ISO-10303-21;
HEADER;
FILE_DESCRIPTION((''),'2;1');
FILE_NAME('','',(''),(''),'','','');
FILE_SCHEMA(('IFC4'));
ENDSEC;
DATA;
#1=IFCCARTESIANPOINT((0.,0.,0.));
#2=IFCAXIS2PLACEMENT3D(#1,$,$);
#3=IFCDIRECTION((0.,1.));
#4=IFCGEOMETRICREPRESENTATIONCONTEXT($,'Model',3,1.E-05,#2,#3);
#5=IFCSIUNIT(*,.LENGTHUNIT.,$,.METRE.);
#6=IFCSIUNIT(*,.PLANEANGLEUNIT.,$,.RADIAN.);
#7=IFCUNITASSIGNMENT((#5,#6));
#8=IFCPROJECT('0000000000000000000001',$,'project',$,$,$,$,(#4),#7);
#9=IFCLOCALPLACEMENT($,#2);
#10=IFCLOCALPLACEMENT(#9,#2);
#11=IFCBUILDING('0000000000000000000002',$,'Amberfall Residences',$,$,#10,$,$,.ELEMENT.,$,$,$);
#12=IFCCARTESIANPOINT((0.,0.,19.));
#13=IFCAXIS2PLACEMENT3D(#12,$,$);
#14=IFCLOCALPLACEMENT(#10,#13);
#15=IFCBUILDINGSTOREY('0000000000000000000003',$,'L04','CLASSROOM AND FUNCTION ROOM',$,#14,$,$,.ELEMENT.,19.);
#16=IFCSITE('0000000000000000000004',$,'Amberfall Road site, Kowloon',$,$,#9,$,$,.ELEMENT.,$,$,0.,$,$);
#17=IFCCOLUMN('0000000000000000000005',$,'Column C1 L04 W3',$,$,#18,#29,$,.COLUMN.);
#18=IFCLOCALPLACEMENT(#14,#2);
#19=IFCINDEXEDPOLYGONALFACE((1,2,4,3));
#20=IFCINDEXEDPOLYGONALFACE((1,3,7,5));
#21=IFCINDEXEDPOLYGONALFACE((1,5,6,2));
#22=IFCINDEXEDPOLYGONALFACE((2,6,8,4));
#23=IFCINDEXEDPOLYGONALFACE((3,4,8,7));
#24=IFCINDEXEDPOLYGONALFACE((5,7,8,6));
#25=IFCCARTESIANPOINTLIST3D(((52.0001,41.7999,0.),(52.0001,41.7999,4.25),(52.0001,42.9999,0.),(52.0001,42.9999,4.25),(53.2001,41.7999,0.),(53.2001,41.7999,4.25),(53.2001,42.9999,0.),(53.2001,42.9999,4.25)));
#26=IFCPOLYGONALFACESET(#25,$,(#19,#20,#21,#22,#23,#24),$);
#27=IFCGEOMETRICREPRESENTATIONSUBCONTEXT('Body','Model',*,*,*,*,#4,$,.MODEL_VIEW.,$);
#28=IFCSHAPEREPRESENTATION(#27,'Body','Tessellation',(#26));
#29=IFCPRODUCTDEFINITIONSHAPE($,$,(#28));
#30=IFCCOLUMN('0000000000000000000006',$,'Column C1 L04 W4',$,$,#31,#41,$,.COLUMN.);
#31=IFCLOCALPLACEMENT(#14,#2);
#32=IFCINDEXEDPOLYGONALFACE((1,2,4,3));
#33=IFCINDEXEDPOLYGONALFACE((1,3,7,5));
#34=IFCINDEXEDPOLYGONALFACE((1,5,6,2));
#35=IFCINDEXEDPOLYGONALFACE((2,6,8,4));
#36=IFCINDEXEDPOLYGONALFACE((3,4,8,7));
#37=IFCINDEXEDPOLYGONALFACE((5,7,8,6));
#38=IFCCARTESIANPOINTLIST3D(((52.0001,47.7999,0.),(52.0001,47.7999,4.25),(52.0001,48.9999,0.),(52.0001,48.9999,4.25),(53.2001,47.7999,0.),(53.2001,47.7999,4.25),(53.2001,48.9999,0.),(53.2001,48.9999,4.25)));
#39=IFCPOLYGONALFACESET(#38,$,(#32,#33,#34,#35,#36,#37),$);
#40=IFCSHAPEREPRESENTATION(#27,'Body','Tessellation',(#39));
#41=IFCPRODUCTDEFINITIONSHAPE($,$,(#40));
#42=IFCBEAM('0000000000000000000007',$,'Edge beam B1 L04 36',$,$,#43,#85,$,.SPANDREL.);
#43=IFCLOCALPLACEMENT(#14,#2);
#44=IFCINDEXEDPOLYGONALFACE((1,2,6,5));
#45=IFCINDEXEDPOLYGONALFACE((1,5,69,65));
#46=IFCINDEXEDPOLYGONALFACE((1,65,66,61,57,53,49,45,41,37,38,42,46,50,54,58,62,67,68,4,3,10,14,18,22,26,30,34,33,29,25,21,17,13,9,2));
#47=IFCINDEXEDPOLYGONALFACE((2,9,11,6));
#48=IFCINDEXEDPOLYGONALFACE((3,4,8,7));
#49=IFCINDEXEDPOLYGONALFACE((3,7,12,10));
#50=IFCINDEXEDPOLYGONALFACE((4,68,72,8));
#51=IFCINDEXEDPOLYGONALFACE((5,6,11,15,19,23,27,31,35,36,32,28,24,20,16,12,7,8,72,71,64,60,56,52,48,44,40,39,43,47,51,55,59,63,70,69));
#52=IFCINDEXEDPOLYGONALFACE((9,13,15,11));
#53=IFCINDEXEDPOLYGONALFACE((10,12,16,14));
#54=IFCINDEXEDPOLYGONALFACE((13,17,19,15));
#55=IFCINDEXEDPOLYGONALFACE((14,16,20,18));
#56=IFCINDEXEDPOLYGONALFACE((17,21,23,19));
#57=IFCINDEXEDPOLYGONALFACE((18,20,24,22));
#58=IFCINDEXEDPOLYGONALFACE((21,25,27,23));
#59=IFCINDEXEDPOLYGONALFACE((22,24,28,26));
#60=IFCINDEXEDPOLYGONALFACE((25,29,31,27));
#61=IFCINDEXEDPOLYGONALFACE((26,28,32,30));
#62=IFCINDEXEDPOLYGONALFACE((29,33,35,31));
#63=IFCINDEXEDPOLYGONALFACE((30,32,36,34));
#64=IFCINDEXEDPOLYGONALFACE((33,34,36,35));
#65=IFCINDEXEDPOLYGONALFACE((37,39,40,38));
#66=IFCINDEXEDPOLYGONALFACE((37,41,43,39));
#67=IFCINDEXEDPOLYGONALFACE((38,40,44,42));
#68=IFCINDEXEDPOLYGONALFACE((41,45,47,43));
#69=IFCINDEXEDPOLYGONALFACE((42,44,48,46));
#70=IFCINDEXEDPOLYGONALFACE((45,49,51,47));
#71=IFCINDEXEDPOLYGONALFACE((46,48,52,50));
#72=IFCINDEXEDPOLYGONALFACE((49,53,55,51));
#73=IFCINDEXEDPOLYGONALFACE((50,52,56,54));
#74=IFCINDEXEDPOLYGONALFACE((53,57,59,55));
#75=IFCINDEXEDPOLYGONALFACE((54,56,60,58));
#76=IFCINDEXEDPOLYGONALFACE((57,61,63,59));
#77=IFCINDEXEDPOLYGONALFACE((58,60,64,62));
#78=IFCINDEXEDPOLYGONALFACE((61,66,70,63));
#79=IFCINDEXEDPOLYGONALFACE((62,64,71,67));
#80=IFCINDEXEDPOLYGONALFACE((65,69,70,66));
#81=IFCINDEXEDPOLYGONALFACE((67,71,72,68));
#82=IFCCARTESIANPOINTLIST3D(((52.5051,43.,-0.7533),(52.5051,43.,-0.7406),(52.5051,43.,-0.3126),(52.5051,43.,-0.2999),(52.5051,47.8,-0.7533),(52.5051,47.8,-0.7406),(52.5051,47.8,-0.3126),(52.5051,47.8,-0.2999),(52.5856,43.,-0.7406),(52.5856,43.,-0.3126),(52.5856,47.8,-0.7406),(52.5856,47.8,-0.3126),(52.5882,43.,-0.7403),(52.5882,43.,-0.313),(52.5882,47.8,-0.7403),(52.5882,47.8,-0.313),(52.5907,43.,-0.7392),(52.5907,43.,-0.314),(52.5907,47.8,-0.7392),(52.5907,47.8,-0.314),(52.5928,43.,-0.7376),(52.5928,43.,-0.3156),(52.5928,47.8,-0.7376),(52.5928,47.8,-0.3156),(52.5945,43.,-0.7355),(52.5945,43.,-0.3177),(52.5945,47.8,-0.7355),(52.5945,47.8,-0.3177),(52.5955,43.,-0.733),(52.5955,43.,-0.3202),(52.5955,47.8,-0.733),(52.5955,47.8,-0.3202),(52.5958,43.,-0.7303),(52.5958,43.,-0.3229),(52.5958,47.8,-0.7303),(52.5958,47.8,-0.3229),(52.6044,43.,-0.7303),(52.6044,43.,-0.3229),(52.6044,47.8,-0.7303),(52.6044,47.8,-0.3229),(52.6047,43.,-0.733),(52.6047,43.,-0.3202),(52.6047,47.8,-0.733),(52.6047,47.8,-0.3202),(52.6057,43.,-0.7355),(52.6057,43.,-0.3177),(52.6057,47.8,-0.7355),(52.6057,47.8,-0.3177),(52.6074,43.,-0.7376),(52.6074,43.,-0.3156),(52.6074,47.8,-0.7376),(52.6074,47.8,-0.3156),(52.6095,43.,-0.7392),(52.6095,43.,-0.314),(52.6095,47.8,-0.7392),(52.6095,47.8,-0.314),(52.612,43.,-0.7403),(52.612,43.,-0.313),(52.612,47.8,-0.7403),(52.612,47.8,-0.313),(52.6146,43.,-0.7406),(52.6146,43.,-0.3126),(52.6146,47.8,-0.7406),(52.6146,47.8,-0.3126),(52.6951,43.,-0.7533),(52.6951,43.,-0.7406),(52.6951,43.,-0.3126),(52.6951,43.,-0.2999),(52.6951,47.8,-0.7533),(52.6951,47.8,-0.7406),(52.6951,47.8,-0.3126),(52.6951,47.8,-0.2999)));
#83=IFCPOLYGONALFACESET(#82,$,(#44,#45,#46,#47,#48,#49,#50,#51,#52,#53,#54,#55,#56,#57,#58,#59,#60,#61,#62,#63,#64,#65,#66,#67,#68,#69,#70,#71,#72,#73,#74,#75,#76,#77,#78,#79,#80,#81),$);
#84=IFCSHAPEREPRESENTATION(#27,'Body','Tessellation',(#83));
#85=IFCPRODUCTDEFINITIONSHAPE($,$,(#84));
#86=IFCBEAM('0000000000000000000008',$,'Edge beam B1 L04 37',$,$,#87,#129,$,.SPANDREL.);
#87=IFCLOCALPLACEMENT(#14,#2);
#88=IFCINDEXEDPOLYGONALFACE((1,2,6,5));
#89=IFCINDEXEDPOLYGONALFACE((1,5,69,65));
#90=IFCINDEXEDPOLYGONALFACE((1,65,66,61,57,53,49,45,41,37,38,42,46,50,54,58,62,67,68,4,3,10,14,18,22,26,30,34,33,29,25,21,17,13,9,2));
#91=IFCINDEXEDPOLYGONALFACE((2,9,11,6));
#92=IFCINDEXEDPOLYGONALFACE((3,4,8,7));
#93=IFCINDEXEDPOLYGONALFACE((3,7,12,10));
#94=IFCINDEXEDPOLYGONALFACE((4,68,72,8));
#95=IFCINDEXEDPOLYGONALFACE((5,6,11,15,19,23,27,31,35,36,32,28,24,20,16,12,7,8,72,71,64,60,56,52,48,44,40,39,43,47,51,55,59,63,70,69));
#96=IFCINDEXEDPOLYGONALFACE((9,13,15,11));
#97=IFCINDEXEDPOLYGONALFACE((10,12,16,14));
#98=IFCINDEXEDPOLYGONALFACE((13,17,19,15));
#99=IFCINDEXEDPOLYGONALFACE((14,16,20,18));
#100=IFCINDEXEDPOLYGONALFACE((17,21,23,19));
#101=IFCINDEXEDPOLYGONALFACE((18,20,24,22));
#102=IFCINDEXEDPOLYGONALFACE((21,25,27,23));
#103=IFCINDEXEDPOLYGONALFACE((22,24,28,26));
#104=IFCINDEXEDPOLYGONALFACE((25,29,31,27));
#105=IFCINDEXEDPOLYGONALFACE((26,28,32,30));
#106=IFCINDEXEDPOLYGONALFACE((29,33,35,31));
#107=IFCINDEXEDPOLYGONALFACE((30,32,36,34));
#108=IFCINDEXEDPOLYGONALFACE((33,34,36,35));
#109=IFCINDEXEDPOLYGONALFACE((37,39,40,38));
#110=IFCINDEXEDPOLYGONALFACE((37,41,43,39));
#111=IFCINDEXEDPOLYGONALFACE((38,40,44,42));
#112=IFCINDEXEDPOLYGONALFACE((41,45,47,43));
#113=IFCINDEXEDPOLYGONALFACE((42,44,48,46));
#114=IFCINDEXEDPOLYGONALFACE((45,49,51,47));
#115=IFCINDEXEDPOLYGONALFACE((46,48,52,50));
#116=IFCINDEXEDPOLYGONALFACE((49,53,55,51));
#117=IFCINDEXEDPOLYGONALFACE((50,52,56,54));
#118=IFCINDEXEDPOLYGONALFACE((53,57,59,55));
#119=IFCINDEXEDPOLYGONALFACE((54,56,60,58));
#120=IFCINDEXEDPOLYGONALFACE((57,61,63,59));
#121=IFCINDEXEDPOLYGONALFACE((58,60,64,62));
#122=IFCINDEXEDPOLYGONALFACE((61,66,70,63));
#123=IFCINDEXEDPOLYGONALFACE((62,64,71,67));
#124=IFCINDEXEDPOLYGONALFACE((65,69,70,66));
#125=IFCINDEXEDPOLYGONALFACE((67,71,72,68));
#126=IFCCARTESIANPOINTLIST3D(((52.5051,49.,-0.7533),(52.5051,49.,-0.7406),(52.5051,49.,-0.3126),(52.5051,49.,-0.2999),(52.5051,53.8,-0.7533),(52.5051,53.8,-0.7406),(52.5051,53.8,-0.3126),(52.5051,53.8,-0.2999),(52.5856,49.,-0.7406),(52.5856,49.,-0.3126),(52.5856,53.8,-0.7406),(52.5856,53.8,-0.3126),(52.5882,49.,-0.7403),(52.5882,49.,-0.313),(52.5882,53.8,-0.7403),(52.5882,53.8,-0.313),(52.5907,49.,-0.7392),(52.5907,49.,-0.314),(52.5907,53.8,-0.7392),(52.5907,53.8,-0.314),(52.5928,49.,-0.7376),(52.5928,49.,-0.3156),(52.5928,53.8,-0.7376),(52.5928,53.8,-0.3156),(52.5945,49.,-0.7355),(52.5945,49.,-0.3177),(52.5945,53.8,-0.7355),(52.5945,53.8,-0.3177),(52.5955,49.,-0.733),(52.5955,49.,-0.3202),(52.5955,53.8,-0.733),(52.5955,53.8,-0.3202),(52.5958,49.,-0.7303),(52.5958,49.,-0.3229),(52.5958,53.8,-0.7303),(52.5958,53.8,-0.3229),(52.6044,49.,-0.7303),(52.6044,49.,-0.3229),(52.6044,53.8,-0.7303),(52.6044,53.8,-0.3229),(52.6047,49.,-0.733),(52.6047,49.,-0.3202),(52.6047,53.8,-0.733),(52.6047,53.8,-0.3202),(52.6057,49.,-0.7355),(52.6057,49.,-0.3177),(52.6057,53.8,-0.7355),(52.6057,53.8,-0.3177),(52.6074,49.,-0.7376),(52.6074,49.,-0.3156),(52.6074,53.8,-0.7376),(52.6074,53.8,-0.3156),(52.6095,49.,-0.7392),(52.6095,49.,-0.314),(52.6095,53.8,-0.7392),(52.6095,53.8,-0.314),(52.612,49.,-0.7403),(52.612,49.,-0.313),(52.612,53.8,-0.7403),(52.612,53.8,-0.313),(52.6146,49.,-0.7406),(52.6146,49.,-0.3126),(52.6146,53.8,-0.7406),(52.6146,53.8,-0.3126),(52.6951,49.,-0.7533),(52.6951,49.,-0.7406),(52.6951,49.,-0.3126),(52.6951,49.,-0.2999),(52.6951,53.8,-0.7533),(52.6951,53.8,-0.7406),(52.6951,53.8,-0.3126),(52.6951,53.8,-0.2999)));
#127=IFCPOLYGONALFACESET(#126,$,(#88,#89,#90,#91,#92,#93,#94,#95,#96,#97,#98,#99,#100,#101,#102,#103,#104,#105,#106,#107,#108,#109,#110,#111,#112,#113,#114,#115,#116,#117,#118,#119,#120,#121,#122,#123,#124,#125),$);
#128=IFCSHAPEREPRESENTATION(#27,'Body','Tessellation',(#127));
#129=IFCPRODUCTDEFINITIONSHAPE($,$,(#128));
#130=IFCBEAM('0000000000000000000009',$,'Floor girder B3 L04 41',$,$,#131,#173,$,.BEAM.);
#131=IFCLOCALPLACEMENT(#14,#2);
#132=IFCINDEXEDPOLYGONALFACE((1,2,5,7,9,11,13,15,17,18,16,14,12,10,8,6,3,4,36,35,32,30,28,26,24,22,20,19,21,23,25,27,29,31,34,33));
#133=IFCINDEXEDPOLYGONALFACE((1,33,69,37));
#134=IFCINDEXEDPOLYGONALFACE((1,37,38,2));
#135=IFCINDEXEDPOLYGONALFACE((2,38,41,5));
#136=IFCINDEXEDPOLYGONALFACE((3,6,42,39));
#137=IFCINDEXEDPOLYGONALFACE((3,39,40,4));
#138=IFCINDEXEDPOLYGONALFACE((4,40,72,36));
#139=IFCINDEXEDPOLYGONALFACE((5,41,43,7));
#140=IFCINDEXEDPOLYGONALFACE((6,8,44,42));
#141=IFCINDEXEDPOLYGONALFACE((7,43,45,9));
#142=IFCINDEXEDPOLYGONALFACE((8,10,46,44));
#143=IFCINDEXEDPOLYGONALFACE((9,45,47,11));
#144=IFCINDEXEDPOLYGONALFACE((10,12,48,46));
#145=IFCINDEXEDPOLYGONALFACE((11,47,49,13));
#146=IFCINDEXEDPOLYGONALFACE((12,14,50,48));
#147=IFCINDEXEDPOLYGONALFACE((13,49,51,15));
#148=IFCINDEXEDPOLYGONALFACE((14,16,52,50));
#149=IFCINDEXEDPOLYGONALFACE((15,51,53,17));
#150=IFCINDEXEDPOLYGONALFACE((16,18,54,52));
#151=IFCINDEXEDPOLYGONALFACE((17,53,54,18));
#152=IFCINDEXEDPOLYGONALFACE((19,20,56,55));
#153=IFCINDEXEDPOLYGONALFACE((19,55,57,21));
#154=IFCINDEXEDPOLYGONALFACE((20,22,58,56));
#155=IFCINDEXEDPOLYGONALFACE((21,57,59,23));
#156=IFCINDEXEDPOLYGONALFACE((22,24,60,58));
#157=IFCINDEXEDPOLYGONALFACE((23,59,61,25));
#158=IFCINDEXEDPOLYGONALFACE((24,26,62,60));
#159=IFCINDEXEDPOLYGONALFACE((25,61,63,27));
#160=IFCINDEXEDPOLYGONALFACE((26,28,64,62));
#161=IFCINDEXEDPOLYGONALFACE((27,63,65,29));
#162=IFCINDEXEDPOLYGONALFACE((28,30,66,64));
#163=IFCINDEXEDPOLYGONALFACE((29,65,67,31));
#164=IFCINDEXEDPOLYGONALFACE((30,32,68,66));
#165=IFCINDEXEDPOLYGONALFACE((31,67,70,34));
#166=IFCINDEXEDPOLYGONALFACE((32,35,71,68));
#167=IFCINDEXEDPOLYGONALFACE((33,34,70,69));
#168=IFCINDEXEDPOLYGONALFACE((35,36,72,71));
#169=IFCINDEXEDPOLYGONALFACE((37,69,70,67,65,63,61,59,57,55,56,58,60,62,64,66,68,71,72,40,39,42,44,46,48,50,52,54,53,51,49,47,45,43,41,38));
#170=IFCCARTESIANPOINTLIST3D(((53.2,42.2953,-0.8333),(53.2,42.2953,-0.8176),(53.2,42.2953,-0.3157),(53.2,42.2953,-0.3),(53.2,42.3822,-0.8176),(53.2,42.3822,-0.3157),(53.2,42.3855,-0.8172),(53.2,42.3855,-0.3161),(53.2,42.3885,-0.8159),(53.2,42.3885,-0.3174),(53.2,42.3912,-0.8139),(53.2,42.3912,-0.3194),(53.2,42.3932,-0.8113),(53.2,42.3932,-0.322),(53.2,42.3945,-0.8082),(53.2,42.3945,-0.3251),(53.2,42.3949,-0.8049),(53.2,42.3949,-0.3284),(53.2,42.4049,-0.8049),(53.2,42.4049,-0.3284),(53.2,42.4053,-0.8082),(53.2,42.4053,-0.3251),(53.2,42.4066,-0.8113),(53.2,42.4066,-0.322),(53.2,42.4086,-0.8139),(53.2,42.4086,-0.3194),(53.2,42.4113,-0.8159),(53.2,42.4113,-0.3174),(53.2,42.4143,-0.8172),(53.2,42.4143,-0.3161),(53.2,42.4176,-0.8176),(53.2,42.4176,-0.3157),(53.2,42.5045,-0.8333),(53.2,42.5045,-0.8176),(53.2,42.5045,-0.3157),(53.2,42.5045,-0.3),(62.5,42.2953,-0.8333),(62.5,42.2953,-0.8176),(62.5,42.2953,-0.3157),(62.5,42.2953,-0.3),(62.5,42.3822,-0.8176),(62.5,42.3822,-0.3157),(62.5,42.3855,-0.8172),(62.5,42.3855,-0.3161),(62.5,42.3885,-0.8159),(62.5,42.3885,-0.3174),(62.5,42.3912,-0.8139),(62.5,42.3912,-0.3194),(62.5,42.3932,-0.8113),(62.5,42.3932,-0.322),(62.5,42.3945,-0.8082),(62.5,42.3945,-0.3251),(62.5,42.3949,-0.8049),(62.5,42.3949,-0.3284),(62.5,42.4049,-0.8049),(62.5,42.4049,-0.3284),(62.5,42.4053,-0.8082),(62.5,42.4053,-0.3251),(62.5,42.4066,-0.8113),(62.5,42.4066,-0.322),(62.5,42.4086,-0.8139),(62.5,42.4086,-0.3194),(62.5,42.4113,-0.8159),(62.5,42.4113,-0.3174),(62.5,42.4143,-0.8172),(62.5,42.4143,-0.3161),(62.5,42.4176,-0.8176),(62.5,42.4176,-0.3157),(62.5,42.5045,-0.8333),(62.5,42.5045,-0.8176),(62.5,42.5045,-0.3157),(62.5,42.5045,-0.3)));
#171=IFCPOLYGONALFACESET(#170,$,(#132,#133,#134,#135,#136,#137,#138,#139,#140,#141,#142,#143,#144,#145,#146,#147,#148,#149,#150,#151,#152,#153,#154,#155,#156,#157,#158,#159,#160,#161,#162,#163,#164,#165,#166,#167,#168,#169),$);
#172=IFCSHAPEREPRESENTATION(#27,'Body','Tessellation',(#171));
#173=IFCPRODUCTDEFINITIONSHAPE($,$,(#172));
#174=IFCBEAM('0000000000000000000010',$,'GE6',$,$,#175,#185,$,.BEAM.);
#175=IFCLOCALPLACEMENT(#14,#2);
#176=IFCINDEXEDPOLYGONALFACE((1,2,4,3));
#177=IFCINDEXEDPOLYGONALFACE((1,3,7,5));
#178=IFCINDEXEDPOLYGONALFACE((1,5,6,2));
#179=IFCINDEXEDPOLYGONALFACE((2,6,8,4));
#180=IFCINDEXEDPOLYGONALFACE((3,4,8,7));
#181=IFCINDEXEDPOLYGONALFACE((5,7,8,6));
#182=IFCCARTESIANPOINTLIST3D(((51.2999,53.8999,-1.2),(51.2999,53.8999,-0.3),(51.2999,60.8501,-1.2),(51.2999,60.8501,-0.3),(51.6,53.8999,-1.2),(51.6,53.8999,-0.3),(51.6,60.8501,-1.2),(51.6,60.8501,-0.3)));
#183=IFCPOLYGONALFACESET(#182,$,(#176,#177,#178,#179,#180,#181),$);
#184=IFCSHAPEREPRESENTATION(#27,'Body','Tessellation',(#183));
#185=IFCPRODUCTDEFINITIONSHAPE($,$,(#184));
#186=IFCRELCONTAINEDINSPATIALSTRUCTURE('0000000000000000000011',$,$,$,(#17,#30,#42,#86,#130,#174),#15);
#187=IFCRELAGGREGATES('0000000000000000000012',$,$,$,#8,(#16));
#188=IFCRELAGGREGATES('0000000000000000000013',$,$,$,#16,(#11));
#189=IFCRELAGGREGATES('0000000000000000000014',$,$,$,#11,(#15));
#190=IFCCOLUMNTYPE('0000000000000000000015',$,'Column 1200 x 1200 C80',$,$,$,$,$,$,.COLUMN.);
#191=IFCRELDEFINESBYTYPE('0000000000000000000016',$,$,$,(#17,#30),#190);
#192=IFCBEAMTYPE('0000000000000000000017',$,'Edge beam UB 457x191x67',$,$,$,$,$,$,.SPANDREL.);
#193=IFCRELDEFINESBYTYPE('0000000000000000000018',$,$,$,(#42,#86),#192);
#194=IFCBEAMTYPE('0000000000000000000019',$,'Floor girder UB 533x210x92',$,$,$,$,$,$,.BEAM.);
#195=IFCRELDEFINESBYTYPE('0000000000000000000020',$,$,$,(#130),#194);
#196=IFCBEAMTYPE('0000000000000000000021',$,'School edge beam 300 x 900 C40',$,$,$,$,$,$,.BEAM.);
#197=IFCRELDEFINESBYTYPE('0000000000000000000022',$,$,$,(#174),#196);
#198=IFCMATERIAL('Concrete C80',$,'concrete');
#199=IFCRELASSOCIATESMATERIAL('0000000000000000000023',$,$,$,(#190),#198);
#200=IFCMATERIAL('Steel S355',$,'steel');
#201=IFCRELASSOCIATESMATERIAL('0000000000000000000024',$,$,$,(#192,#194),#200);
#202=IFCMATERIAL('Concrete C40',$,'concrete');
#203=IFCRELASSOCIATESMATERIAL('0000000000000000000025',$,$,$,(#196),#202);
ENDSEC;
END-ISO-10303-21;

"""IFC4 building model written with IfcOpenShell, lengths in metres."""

from ifc_helpers import new_model, si_unit, direction, frame, origin, origin_2d, place, context, subcontext, project, spatial, rectangle, i_section, extrude, material, material_profile, profile_set, type_object, element, save


model = new_model("IFC4")

# Units and contexts
model_context = context("Model", 3, precision=1e-05, world=origin(), true_north=direction((0.0, 1.0)))
body_context = subcontext(model_context, "Body", "Model", "MODEL_VIEW")
ifc_project = project(units=[si_unit("LENGTHUNIT", "METRE"), si_unit("PLANEANGLEUNIT", "RADIAN")], contexts=[model_context])

# Site, building, storey
site_placement = place(None, origin())
site = spatial("IfcSite", under=ifc_project, at=site_placement, Name="Amberfall Road site, Kowloon", CompositionType="ELEMENT", RefElevation=0.0)
building_placement = place(site_placement, origin())
building = spatial("IfcBuilding", under=site, at=building_placement, Name="Amberfall Residences", CompositionType="ELEMENT")
storey_placement = place(building_placement, frame((0.0, 0.0, 19.0)))
storey = spatial("IfcBuildingStorey", under=building, at=storey_placement, Name="L04", Description="CLASSROOM AND FUNCTION ROOM", CompositionType="ELEMENT", Elevation=19.0)

# Columns
ifc_material_1 = material(Name="Concrete C80", Category="concrete")
ifc_material_profile_1 = material_profile(ifc_material_1, rectangle(XDim=1.2, YDim=1.2, at=origin_2d()), Name="Column 1200 x 1200 C80")
ifc_profile_set_1 = profile_set([ifc_material_profile_1], Name="Concrete C80")
column_type = type_object("IfcColumnType", Name="Column 1200 x 1200 C80", PredefinedType="COLUMN", material=ifc_profile_set_1)
for number, where, z_axis, x_axis, name in (
    (1, (52.6001, 42.3999, 0.0), (0.0, 0.0, 1.0), (1.0, 0.0, 0.0), "Column C1 L04 W3"),
    (2, (52.6001, 48.3999, 0.0), (0.0, 0.0, 1.0), (1.0, 0.0, 0.0), "Column C1 L04 W4"),
):
    element("IfcColumn", number, at=place(storey_placement, frame(where, z_axis=z_axis, x_axis=x_axis)), inside=storey, type_object=column_type, Name=name, PredefinedType="COLUMN", context=body_context, shape_type="SweptSolid", body=[
        extrude(rectangle(XDim=1.2, YDim=1.2, at=origin_2d()), origin(), (0.0, 0.0, 1.0), 4.25),
    ])

# Beams
ifc_material_2 = material(Name="Steel S355", Category="steel")
ifc_material_profile_2 = material_profile(ifc_material_2, i_section(OverallWidth=0.1899, OverallDepth=0.4534, WebThickness=0.0085, FlangeThickness=0.0127, FilletRadius=0.0103, at=origin_2d()), Name="UB 457x191x67")
ifc_profile_set_2 = profile_set([ifc_material_profile_2], Name="Steel S355")
beam_type_1 = type_object("IfcBeamType", Name="Edge beam UB 457x191x67", PredefinedType="SPANDREL", material=ifc_profile_set_2)
for number, where, z_axis, x_axis, name in (
    (3, (52.6001, 43.0, -0.5266), (0.0, 1.0, 0.0), (-1.0, 0.0, 0.0), "Edge beam B1 L04 36"),
    (4, (52.6001, 49.0, -0.5266), (0.0, 1.0, 0.0), (-1.0, 0.0, 0.0), "Edge beam B1 L04 37"),
):
    element("IfcBeam", number, at=place(storey_placement, frame(where, z_axis=z_axis, x_axis=x_axis)), inside=storey, type_object=beam_type_1, Name=name, PredefinedType="SPANDREL", context=body_context, shape_type="SweptSolid", body=[
        extrude(i_section(OverallWidth=0.1899, OverallDepth=0.4534, WebThickness=0.0085, FlangeThickness=0.0127, FilletRadius=0.0103, at=origin_2d()), origin(), (0.0, 0.0, 1.0), 4.8),
    ])
ifc_material_profile_3 = material_profile(ifc_material_2, i_section(OverallWidth=0.2092, OverallDepth=0.5332, WebThickness=0.01, FlangeThickness=0.0156, FilletRadius=0.0127, at=origin_2d()), Name="UB 533x210x92")
ifc_profile_set_3 = profile_set([ifc_material_profile_3], Name="Steel S355")
beam_type_2 = type_object("IfcBeamType", Name="Floor girder UB 533x210x92", PredefinedType="BEAM", material=ifc_profile_set_3)
beam_1_placement = place(storey_placement, frame((53.2, 42.3999, -0.5667), z_axis=(1.0, 0.0, 0.0), x_axis=(0.0, 1.0, 0.0)))
element("IfcBeam", 5, at=beam_1_placement, inside=storey, type_object=beam_type_2, Name="Floor girder B3 L04 41", PredefinedType="BEAM", context=body_context, shape_type="SweptSolid", body=[
    extrude(i_section(OverallWidth=0.2092, OverallDepth=0.5332, WebThickness=0.01, FlangeThickness=0.0156, FilletRadius=0.0127, at=origin_2d()), origin(), (0.0, 0.0, 1.0), 9.3),
])
ifc_material_3 = material(Name="Concrete C40", Category="concrete")
ifc_material_profile_4 = material_profile(ifc_material_3, rectangle(XDim=0.3, YDim=0.8999, at=origin_2d()), Name="School edge beam 300 x 900 C40")
ifc_profile_set_4 = profile_set([ifc_material_profile_4], Name="Concrete C40")
beam_type_3 = type_object("IfcBeamType", Name="School edge beam 300 x 900 C40", PredefinedType="BEAM", material=ifc_profile_set_4)
beam_2_placement = place(storey_placement, frame((51.45, 53.8999, -0.75), z_axis=(0.0, 1.0, 0.0), x_axis=(-1.0, 0.0, 0.0)))
element("IfcBeam", 6, at=beam_2_placement, inside=storey, type_object=beam_type_3, Name="GE6", PredefinedType="BEAM", context=body_context, shape_type="SweptSolid", body=[
    extrude(rectangle(XDim=0.3, YDim=0.8999, at=origin_2d()), origin(), (0.0, 0.0, 1.0), 6.9502),
])

save(model, "model.ifc")
